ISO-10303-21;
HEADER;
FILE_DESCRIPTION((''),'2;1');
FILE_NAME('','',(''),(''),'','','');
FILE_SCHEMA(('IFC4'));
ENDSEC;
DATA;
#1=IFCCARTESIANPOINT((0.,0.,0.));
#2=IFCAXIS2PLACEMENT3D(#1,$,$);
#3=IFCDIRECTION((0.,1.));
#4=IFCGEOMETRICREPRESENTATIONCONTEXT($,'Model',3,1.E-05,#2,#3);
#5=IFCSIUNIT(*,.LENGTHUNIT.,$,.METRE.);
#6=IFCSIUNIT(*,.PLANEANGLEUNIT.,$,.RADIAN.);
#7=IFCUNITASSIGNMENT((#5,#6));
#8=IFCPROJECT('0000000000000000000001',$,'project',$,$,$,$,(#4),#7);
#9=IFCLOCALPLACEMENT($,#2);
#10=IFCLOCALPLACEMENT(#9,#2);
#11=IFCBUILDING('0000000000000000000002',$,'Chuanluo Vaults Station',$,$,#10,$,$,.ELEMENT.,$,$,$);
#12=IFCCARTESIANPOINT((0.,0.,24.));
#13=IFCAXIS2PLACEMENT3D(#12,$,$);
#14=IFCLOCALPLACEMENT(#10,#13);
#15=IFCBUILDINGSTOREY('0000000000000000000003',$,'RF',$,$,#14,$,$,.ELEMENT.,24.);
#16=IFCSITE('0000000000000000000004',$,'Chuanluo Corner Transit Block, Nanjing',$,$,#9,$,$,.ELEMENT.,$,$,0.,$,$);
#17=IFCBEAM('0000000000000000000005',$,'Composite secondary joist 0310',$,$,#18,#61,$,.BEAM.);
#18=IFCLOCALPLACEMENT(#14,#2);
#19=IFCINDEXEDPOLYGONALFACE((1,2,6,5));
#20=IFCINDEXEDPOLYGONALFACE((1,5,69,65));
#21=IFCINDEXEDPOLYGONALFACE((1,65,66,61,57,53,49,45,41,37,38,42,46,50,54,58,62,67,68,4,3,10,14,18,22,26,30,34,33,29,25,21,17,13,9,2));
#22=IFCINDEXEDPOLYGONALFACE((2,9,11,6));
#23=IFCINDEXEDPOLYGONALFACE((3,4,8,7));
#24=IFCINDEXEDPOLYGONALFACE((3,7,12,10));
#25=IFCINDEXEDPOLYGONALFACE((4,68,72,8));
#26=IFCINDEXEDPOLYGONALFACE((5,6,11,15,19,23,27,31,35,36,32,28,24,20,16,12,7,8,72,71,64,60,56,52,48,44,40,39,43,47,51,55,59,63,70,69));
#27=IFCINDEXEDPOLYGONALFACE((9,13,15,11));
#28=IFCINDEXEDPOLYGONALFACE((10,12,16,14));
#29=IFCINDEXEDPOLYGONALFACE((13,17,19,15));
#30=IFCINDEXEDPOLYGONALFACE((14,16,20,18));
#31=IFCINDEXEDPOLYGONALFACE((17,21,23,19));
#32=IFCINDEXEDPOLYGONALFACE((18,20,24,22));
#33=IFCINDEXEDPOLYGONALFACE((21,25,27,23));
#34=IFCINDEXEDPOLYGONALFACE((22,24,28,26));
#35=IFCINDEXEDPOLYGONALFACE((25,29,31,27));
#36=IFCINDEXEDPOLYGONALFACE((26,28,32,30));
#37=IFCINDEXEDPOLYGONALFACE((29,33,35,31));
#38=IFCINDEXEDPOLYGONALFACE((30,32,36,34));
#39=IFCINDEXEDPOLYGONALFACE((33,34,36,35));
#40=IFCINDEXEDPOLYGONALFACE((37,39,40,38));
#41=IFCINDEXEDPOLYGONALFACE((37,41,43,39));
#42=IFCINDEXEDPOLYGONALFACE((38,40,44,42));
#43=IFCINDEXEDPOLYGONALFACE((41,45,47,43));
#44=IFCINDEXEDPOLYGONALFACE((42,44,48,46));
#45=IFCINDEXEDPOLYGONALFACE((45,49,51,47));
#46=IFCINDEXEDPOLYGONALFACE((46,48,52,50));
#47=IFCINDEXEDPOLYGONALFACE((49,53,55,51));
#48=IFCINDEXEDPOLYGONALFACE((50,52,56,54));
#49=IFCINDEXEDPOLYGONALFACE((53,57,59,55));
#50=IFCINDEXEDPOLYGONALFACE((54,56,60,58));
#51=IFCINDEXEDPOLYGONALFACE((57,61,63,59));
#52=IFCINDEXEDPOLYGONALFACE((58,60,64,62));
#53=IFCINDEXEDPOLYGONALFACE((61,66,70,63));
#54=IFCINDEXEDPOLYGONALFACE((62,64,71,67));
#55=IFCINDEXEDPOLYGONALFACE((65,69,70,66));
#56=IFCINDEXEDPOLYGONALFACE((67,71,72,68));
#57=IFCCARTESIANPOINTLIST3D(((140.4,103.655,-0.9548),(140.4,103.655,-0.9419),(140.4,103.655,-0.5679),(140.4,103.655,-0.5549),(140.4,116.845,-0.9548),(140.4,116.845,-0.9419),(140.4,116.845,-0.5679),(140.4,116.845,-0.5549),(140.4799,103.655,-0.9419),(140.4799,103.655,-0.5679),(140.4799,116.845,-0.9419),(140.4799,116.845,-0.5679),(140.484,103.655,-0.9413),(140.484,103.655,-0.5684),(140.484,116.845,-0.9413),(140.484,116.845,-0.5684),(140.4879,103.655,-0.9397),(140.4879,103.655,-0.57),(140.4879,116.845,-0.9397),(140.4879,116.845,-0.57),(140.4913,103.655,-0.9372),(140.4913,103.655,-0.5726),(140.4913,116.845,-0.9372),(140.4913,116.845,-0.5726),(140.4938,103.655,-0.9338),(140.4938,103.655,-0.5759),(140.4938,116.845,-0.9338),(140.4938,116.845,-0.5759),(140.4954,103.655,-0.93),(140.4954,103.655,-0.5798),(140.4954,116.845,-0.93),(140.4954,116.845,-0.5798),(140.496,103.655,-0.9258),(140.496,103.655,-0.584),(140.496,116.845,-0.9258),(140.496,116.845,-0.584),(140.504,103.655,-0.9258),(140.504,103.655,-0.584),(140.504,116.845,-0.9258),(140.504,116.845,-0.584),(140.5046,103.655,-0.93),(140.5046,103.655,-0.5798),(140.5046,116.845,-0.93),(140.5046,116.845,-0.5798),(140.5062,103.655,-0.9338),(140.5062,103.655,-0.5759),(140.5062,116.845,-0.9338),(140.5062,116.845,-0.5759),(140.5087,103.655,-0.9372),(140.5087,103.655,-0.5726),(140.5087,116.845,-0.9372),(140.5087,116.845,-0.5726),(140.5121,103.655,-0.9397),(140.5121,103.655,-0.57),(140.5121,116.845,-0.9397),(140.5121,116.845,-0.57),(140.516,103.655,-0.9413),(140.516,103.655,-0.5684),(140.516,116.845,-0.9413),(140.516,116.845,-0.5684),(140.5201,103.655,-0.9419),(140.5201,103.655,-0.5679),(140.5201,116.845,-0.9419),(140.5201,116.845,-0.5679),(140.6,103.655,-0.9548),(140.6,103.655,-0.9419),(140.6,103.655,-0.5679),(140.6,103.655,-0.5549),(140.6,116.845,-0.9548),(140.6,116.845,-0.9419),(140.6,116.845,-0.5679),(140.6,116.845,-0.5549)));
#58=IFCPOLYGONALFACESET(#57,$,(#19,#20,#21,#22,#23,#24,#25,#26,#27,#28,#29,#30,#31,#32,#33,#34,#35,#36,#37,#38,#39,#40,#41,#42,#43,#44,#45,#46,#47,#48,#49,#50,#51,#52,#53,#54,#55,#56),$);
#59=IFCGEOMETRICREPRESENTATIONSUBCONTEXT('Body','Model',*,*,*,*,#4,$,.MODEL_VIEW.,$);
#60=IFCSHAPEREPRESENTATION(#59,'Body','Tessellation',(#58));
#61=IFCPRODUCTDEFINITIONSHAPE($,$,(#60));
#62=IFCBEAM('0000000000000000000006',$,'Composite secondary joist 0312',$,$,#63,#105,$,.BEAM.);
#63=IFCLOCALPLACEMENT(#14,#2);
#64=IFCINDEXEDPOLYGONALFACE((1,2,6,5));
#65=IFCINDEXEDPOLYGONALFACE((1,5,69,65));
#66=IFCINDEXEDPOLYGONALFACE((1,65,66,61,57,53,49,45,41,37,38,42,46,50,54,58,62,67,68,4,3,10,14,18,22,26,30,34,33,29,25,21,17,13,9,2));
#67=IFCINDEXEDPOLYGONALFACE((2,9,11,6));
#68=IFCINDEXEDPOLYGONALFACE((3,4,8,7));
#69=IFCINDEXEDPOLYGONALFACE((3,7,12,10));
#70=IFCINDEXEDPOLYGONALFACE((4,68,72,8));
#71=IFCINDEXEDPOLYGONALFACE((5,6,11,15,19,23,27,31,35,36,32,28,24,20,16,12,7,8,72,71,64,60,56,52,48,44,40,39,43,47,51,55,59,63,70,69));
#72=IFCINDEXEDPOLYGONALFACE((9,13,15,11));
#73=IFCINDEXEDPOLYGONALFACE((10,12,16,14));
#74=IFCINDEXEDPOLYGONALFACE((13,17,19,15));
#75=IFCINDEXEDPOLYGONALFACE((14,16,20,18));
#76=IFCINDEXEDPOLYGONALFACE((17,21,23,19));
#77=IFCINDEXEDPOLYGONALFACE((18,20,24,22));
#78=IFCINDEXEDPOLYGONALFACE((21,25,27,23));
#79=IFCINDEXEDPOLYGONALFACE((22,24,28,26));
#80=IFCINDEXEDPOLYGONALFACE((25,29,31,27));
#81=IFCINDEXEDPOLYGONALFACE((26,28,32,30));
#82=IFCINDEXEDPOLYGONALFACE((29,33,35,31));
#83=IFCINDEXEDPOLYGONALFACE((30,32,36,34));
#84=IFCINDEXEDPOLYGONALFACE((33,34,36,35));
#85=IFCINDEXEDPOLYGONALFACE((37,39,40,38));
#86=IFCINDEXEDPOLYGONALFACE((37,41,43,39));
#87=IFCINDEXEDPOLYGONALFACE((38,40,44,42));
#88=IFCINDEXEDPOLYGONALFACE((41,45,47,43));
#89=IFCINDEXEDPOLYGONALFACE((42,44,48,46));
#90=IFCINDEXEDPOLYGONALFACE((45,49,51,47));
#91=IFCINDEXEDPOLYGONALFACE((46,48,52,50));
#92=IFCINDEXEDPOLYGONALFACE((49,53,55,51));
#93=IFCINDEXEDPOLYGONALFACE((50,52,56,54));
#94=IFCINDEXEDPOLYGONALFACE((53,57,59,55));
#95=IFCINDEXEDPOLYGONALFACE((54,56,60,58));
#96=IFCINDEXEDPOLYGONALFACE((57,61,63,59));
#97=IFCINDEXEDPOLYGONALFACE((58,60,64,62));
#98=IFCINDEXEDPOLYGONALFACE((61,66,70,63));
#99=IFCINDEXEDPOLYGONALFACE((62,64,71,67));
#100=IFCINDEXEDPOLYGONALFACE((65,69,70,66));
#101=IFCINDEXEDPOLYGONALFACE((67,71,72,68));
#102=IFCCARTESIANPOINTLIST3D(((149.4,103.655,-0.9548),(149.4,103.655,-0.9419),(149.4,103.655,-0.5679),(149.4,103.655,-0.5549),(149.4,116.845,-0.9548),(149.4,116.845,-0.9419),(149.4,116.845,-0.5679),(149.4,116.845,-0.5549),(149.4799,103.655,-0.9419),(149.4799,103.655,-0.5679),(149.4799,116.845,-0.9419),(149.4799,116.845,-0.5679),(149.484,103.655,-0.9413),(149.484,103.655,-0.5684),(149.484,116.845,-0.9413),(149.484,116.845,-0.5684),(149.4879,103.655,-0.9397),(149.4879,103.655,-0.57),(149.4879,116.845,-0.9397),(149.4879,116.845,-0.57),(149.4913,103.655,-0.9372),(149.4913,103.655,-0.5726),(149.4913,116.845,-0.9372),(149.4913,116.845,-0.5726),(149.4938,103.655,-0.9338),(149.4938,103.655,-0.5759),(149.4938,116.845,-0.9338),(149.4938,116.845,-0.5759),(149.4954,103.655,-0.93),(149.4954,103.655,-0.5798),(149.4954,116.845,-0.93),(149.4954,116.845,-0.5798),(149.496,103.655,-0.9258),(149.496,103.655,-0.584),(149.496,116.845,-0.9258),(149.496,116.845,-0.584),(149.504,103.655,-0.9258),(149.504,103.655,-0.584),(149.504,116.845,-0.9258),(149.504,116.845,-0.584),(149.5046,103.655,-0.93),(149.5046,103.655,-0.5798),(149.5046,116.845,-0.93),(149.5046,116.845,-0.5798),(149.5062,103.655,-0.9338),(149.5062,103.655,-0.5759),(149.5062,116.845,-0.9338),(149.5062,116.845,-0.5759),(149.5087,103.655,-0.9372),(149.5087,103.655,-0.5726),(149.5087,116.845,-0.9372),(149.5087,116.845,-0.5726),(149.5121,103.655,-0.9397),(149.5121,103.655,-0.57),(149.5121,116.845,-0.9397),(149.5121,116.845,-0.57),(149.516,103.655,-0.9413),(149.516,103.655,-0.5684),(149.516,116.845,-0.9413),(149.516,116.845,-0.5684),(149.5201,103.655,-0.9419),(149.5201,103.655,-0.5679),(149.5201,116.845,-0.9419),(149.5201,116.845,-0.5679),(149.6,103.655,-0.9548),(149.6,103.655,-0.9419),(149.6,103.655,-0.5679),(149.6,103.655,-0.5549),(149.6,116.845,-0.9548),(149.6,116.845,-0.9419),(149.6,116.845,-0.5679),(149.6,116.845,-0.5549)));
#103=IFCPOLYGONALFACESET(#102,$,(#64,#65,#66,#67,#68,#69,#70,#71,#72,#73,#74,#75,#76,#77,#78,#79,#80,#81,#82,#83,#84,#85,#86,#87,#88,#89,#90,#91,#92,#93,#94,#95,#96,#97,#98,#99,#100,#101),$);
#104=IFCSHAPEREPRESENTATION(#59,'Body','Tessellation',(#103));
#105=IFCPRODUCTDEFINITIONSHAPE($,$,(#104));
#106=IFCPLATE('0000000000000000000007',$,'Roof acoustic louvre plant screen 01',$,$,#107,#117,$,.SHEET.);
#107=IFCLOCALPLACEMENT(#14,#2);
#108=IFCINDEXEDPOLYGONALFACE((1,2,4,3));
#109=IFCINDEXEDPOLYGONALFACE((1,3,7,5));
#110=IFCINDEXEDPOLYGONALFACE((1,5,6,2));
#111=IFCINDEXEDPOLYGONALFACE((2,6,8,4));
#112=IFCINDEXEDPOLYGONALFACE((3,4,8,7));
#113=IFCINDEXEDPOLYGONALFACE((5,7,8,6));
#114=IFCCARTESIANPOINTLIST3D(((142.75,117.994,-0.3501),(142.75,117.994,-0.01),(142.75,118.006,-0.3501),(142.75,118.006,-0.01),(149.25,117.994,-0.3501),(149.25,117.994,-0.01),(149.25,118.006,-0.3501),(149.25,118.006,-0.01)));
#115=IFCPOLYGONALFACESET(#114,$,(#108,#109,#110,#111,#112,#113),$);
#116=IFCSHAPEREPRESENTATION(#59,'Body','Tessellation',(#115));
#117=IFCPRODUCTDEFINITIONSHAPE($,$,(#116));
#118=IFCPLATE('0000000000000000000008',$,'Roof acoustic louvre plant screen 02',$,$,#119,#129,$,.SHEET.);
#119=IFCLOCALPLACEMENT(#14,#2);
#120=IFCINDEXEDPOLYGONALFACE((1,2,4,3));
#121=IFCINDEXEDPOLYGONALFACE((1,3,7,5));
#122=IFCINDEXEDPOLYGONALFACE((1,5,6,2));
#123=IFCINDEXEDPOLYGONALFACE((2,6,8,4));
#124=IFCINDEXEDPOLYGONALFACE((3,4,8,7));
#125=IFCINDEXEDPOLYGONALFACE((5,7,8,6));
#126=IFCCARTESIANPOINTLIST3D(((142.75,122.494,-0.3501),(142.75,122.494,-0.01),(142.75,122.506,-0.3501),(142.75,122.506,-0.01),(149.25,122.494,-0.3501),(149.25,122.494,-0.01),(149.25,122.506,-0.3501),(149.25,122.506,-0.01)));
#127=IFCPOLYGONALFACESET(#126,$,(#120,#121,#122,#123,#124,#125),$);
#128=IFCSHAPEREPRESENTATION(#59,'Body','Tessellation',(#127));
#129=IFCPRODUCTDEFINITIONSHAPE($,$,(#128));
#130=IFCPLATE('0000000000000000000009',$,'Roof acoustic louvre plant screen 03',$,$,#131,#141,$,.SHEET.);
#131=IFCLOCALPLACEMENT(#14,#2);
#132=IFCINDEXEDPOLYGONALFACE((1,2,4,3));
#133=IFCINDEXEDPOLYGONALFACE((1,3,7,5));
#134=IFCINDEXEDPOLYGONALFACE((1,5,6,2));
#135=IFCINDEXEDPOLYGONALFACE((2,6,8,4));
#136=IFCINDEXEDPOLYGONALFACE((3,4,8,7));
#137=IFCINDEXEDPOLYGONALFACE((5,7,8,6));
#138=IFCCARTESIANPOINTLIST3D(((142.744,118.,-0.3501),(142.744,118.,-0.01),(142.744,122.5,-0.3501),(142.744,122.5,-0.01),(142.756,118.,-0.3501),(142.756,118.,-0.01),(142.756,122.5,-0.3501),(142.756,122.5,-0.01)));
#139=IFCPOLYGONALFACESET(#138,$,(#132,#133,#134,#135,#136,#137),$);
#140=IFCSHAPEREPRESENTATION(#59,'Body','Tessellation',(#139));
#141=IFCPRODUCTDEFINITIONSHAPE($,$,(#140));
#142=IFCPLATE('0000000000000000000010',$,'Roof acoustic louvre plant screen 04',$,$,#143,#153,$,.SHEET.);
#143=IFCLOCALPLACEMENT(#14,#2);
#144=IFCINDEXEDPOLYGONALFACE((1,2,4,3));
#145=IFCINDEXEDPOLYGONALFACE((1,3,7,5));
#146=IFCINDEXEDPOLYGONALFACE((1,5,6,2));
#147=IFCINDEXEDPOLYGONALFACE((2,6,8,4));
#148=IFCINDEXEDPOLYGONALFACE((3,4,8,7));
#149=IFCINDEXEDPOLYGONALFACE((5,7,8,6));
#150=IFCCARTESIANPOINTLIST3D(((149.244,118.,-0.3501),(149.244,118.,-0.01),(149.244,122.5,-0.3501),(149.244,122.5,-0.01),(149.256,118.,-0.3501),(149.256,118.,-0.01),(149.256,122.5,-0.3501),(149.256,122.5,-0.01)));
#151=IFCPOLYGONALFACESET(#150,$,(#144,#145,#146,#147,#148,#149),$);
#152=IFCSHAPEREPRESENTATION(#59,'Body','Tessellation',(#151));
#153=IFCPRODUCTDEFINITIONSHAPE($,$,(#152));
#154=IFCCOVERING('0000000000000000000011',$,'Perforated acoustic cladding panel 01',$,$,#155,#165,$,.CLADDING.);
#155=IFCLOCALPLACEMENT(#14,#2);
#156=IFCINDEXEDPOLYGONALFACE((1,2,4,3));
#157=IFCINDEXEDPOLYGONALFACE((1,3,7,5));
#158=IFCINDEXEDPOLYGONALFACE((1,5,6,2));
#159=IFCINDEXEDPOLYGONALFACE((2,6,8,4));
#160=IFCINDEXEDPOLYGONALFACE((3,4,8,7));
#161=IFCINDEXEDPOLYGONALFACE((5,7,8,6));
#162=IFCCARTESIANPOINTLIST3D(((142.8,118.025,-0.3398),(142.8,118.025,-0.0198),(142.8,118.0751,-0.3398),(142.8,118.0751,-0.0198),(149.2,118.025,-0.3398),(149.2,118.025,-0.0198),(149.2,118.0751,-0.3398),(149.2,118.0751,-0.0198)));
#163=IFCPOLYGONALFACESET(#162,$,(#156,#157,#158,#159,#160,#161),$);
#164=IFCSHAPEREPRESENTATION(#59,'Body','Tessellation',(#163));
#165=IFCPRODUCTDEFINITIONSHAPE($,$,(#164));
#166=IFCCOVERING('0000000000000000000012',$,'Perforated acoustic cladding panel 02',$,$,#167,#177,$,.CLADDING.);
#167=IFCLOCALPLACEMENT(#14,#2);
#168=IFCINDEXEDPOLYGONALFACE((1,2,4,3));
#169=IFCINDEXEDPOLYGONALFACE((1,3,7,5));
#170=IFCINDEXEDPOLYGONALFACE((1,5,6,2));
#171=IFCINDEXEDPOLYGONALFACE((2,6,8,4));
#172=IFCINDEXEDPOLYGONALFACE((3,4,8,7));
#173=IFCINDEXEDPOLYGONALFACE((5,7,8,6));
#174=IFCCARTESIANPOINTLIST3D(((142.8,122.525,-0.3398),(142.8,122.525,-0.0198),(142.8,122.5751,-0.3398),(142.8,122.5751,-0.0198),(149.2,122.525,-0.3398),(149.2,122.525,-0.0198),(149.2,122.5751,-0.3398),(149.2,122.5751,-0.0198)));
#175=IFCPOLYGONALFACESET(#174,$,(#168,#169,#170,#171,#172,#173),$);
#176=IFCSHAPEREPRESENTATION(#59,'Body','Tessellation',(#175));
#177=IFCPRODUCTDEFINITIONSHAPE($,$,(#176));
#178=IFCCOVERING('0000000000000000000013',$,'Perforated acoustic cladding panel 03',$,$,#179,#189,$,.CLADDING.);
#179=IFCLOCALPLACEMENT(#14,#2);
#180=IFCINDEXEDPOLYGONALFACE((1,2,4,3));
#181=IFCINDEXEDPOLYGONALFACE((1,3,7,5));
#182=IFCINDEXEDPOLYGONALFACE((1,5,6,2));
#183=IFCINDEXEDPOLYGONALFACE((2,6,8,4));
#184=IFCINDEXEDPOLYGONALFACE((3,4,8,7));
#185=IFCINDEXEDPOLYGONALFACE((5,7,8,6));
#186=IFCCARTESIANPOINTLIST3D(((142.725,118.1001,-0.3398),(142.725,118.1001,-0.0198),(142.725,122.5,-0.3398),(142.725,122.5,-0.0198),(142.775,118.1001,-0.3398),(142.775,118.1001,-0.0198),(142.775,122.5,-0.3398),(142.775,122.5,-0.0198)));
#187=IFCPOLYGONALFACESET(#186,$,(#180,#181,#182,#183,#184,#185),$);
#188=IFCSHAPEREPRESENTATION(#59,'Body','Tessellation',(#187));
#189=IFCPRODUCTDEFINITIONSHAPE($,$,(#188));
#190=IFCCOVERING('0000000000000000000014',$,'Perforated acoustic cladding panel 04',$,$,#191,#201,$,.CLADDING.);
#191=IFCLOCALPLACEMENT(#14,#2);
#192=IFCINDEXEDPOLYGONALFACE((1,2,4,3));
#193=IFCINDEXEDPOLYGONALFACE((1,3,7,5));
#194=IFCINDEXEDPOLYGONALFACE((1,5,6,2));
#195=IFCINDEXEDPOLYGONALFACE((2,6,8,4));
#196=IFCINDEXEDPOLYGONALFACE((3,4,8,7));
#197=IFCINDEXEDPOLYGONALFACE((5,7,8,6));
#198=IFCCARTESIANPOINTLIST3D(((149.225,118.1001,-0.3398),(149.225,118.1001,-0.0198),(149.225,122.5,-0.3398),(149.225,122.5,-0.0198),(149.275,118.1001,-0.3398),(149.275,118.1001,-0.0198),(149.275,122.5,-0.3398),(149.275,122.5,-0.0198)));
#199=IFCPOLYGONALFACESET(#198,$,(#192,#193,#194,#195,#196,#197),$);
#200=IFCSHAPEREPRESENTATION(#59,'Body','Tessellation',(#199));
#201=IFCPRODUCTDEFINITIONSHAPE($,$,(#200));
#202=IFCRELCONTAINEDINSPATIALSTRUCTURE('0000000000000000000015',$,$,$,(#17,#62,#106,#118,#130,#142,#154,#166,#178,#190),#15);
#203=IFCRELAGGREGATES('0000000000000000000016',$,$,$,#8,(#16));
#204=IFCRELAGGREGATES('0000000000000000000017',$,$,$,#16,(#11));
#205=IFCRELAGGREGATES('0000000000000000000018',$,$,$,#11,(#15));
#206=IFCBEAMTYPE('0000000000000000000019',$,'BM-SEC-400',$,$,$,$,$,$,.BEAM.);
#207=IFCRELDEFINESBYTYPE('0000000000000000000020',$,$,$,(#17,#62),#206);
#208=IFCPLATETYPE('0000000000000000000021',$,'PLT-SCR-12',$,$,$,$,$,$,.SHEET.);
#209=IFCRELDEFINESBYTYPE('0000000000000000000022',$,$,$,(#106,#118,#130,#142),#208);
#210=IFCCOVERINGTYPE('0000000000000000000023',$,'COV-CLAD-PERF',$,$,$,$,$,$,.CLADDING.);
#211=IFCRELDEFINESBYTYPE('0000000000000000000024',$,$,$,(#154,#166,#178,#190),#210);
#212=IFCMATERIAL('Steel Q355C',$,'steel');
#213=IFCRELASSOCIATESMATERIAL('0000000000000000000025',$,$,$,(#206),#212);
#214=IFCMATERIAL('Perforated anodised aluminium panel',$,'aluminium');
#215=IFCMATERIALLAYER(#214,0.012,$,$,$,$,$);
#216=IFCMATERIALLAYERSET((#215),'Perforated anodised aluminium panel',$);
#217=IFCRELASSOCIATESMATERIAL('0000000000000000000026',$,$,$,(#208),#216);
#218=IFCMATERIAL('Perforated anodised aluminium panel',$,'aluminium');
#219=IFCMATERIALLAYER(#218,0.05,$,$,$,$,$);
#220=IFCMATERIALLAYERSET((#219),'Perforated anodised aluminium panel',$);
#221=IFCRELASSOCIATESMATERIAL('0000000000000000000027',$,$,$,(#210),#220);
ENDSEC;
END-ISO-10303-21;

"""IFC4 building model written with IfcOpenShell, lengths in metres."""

from ifc_helpers import new_model, si_unit, direction, frame, origin, origin_2d, place, context, subcontext, project, spatial, rectangle, i_section, extrude, material, layer, layer_set, material_profile, profile_set, type_object, element, save


model = new_model("IFC4")

# Units and contexts
model_context = context("Model", 3, precision=1e-05, world=origin(), true_north=direction((0.0, 1.0)))
body_context = subcontext(model_context, "Body", "Model", "MODEL_VIEW")
ifc_project = project(units=[si_unit("LENGTHUNIT", "METRE"), si_unit("PLANEANGLEUNIT", "RADIAN")], contexts=[model_context])

# Site, building, storey
site_placement = place(None, origin())
site = spatial("IfcSite", under=ifc_project, at=site_placement, Name="Chuanluo Corner Transit Block, Nanjing", CompositionType="ELEMENT", RefElevation=0.0)
building_placement = place(site_placement, origin())
building = spatial("IfcBuilding", under=site, at=building_placement, Name="Chuanluo Vaults Station", CompositionType="ELEMENT")
storey_placement = place(building_placement, frame((0.0, 0.0, 24.0)))
storey = spatial("IfcBuildingStorey", under=building, at=storey_placement, Name="RF", CompositionType="ELEMENT", Elevation=24.0)

# Beams
ifc_material_1 = material(Name="Steel Q355C", Category="steel")
ifc_material_profile_1 = material_profile(ifc_material_1, i_section(OverallWidth=0.2, OverallDepth=0.3999, WebThickness=0.0081, FlangeThickness=0.0129, FilletRadius=0.0161, at=origin_2d()))
ifc_profile_set_1 = profile_set([ifc_material_profile_1], Name="Steel Q355C")
beam_type_1 = type_object("IfcBeamType", Name="BM-SEC-400", PredefinedType="BEAM", material=ifc_profile_set_1)
for number, where, z_axis, x_axis, name in (
    (1, (140.5, 103.655, -0.7549), (0.0, 1.0, 0.0), (-1.0, 0.0, 0.0), "Composite secondary joist 0310"),
    (2, (149.5, 103.655, -0.7549), (0.0, 1.0, 0.0), (-1.0, 0.0, 0.0), "Composite secondary joist 0312"),
):
    element("IfcBeam", number, at=place(storey_placement, frame(where, z_axis=z_axis, x_axis=x_axis)), inside=storey, type_object=beam_type_1, Name=name, PredefinedType="BEAM", context=body_context, shape_type="SweptSolid", body=[
        extrude(i_section(OverallWidth=0.2, OverallDepth=0.3999, WebThickness=0.0081, FlangeThickness=0.0129, FilletRadius=0.0161, at=origin_2d()), origin(), (0.0, 0.0, 1.0), 13.1899),
    ])

# Plates
ifc_material_2 = material(Name="Perforated anodised aluminium panel", Category="aluminium")
ifc_layer_1 = layer(ifc_material_2, 0.012)
ifc_layer_set_1 = layer_set([ifc_layer_1], Name="Perforated anodised aluminium panel")
plate_type = type_object("IfcPlateType", Name="PLT-SCR-12", PredefinedType="SHEET", material=ifc_layer_set_1)
for number, where, z_axis, x_axis, name in (
    (3, (146.0, 118.0, -0.3501), (0.0, 0.0, 1.0), (1.0, 0.0, 0.0), "Roof acoustic louvre plant screen 01"),
    (4, (146.0, 122.5, -0.3501), (0.0, 0.0, 1.0), (1.0, 0.0, 0.0), "Roof acoustic louvre plant screen 02"),
):
    element("IfcPlate", number, at=place(storey_placement, frame(where, z_axis=z_axis, x_axis=x_axis)), inside=storey, type_object=plate_type, Name=name, PredefinedType="SHEET", context=body_context, shape_type="SweptSolid", body=[
        extrude(rectangle(XDim=6.5, YDim=0.012, at=origin_2d()), origin(), (0.0, 0.0, 1.0), 0.3401),
    ])
for number, where, z_axis, x_axis, name in (
    (5, (142.75, 120.25, -0.3501), (0.0, 0.0, 1.0), (0.0, 1.0, 0.0), "Roof acoustic louvre plant screen 03"),
    (6, (149.25, 120.25, -0.3501), (0.0, 0.0, 1.0), (0.0, 1.0, 0.0), "Roof acoustic louvre plant screen 04"),
):
    element("IfcPlate", number, at=place(storey_placement, frame(where, z_axis=z_axis, x_axis=x_axis)), inside=storey, type_object=plate_type, Name=name, PredefinedType="SHEET", context=body_context, shape_type="SweptSolid", body=[
        extrude(rectangle(XDim=4.5, YDim=0.012, at=origin_2d()), origin(), (0.0, 0.0, 1.0), 0.3401),
    ])

# Coverings
ifc_material_3 = material(Name="Perforated anodised aluminium panel", Category="aluminium")
ifc_layer_2 = layer(ifc_material_3, 0.05)
ifc_layer_set_2 = layer_set([ifc_layer_2], Name="Perforated anodised aluminium panel")
covering_type = type_object("IfcCoveringType", Name="COV-CLAD-PERF", PredefinedType="CLADDING", material=ifc_layer_set_2)
for number, where, z_axis, x_axis, name in (
    (7, (146.0, 118.05, -0.3398), (0.0, 0.0, 1.0), (1.0, 0.0, 0.0), "Perforated acoustic cladding panel 01"),
    (8, (146.0, 122.55, -0.3398), (0.0, 0.0, 1.0), (1.0, 0.0, 0.0), "Perforated acoustic cladding panel 02"),
):
    element("IfcCovering", number, at=place(storey_placement, frame(where, z_axis=z_axis, x_axis=x_axis)), inside=storey, type_object=covering_type, Name=name, PredefinedType="CLADDING", context=body_context, shape_type="SweptSolid", body=[
        extrude(rectangle(XDim=6.3999, YDim=0.05, at=origin_2d()), origin(), (0.0, 0.0, 1.0), 0.3201),
    ])
for number, where, z_axis, x_axis, name in (
    (9, (142.75, 120.3, -0.3398), (0.0, 0.0, 1.0), (0.0, 1.0, 0.0), "Perforated acoustic cladding panel 03"),
    (10, (149.25, 120.3, -0.3398), (0.0, 0.0, 1.0), (0.0, 1.0, 0.0), "Perforated acoustic cladding panel 04"),
):
    element("IfcCovering", number, at=place(storey_placement, frame(where, z_axis=z_axis, x_axis=x_axis)), inside=storey, type_object=covering_type, Name=name, PredefinedType="CLADDING", context=body_context, shape_type="SweptSolid", body=[
        extrude(rectangle(XDim=4.3999, YDim=0.05, at=origin_2d()), origin(), (0.0, 0.0, 1.0), 0.3201),
    ])

save(model, "model.ifc")
